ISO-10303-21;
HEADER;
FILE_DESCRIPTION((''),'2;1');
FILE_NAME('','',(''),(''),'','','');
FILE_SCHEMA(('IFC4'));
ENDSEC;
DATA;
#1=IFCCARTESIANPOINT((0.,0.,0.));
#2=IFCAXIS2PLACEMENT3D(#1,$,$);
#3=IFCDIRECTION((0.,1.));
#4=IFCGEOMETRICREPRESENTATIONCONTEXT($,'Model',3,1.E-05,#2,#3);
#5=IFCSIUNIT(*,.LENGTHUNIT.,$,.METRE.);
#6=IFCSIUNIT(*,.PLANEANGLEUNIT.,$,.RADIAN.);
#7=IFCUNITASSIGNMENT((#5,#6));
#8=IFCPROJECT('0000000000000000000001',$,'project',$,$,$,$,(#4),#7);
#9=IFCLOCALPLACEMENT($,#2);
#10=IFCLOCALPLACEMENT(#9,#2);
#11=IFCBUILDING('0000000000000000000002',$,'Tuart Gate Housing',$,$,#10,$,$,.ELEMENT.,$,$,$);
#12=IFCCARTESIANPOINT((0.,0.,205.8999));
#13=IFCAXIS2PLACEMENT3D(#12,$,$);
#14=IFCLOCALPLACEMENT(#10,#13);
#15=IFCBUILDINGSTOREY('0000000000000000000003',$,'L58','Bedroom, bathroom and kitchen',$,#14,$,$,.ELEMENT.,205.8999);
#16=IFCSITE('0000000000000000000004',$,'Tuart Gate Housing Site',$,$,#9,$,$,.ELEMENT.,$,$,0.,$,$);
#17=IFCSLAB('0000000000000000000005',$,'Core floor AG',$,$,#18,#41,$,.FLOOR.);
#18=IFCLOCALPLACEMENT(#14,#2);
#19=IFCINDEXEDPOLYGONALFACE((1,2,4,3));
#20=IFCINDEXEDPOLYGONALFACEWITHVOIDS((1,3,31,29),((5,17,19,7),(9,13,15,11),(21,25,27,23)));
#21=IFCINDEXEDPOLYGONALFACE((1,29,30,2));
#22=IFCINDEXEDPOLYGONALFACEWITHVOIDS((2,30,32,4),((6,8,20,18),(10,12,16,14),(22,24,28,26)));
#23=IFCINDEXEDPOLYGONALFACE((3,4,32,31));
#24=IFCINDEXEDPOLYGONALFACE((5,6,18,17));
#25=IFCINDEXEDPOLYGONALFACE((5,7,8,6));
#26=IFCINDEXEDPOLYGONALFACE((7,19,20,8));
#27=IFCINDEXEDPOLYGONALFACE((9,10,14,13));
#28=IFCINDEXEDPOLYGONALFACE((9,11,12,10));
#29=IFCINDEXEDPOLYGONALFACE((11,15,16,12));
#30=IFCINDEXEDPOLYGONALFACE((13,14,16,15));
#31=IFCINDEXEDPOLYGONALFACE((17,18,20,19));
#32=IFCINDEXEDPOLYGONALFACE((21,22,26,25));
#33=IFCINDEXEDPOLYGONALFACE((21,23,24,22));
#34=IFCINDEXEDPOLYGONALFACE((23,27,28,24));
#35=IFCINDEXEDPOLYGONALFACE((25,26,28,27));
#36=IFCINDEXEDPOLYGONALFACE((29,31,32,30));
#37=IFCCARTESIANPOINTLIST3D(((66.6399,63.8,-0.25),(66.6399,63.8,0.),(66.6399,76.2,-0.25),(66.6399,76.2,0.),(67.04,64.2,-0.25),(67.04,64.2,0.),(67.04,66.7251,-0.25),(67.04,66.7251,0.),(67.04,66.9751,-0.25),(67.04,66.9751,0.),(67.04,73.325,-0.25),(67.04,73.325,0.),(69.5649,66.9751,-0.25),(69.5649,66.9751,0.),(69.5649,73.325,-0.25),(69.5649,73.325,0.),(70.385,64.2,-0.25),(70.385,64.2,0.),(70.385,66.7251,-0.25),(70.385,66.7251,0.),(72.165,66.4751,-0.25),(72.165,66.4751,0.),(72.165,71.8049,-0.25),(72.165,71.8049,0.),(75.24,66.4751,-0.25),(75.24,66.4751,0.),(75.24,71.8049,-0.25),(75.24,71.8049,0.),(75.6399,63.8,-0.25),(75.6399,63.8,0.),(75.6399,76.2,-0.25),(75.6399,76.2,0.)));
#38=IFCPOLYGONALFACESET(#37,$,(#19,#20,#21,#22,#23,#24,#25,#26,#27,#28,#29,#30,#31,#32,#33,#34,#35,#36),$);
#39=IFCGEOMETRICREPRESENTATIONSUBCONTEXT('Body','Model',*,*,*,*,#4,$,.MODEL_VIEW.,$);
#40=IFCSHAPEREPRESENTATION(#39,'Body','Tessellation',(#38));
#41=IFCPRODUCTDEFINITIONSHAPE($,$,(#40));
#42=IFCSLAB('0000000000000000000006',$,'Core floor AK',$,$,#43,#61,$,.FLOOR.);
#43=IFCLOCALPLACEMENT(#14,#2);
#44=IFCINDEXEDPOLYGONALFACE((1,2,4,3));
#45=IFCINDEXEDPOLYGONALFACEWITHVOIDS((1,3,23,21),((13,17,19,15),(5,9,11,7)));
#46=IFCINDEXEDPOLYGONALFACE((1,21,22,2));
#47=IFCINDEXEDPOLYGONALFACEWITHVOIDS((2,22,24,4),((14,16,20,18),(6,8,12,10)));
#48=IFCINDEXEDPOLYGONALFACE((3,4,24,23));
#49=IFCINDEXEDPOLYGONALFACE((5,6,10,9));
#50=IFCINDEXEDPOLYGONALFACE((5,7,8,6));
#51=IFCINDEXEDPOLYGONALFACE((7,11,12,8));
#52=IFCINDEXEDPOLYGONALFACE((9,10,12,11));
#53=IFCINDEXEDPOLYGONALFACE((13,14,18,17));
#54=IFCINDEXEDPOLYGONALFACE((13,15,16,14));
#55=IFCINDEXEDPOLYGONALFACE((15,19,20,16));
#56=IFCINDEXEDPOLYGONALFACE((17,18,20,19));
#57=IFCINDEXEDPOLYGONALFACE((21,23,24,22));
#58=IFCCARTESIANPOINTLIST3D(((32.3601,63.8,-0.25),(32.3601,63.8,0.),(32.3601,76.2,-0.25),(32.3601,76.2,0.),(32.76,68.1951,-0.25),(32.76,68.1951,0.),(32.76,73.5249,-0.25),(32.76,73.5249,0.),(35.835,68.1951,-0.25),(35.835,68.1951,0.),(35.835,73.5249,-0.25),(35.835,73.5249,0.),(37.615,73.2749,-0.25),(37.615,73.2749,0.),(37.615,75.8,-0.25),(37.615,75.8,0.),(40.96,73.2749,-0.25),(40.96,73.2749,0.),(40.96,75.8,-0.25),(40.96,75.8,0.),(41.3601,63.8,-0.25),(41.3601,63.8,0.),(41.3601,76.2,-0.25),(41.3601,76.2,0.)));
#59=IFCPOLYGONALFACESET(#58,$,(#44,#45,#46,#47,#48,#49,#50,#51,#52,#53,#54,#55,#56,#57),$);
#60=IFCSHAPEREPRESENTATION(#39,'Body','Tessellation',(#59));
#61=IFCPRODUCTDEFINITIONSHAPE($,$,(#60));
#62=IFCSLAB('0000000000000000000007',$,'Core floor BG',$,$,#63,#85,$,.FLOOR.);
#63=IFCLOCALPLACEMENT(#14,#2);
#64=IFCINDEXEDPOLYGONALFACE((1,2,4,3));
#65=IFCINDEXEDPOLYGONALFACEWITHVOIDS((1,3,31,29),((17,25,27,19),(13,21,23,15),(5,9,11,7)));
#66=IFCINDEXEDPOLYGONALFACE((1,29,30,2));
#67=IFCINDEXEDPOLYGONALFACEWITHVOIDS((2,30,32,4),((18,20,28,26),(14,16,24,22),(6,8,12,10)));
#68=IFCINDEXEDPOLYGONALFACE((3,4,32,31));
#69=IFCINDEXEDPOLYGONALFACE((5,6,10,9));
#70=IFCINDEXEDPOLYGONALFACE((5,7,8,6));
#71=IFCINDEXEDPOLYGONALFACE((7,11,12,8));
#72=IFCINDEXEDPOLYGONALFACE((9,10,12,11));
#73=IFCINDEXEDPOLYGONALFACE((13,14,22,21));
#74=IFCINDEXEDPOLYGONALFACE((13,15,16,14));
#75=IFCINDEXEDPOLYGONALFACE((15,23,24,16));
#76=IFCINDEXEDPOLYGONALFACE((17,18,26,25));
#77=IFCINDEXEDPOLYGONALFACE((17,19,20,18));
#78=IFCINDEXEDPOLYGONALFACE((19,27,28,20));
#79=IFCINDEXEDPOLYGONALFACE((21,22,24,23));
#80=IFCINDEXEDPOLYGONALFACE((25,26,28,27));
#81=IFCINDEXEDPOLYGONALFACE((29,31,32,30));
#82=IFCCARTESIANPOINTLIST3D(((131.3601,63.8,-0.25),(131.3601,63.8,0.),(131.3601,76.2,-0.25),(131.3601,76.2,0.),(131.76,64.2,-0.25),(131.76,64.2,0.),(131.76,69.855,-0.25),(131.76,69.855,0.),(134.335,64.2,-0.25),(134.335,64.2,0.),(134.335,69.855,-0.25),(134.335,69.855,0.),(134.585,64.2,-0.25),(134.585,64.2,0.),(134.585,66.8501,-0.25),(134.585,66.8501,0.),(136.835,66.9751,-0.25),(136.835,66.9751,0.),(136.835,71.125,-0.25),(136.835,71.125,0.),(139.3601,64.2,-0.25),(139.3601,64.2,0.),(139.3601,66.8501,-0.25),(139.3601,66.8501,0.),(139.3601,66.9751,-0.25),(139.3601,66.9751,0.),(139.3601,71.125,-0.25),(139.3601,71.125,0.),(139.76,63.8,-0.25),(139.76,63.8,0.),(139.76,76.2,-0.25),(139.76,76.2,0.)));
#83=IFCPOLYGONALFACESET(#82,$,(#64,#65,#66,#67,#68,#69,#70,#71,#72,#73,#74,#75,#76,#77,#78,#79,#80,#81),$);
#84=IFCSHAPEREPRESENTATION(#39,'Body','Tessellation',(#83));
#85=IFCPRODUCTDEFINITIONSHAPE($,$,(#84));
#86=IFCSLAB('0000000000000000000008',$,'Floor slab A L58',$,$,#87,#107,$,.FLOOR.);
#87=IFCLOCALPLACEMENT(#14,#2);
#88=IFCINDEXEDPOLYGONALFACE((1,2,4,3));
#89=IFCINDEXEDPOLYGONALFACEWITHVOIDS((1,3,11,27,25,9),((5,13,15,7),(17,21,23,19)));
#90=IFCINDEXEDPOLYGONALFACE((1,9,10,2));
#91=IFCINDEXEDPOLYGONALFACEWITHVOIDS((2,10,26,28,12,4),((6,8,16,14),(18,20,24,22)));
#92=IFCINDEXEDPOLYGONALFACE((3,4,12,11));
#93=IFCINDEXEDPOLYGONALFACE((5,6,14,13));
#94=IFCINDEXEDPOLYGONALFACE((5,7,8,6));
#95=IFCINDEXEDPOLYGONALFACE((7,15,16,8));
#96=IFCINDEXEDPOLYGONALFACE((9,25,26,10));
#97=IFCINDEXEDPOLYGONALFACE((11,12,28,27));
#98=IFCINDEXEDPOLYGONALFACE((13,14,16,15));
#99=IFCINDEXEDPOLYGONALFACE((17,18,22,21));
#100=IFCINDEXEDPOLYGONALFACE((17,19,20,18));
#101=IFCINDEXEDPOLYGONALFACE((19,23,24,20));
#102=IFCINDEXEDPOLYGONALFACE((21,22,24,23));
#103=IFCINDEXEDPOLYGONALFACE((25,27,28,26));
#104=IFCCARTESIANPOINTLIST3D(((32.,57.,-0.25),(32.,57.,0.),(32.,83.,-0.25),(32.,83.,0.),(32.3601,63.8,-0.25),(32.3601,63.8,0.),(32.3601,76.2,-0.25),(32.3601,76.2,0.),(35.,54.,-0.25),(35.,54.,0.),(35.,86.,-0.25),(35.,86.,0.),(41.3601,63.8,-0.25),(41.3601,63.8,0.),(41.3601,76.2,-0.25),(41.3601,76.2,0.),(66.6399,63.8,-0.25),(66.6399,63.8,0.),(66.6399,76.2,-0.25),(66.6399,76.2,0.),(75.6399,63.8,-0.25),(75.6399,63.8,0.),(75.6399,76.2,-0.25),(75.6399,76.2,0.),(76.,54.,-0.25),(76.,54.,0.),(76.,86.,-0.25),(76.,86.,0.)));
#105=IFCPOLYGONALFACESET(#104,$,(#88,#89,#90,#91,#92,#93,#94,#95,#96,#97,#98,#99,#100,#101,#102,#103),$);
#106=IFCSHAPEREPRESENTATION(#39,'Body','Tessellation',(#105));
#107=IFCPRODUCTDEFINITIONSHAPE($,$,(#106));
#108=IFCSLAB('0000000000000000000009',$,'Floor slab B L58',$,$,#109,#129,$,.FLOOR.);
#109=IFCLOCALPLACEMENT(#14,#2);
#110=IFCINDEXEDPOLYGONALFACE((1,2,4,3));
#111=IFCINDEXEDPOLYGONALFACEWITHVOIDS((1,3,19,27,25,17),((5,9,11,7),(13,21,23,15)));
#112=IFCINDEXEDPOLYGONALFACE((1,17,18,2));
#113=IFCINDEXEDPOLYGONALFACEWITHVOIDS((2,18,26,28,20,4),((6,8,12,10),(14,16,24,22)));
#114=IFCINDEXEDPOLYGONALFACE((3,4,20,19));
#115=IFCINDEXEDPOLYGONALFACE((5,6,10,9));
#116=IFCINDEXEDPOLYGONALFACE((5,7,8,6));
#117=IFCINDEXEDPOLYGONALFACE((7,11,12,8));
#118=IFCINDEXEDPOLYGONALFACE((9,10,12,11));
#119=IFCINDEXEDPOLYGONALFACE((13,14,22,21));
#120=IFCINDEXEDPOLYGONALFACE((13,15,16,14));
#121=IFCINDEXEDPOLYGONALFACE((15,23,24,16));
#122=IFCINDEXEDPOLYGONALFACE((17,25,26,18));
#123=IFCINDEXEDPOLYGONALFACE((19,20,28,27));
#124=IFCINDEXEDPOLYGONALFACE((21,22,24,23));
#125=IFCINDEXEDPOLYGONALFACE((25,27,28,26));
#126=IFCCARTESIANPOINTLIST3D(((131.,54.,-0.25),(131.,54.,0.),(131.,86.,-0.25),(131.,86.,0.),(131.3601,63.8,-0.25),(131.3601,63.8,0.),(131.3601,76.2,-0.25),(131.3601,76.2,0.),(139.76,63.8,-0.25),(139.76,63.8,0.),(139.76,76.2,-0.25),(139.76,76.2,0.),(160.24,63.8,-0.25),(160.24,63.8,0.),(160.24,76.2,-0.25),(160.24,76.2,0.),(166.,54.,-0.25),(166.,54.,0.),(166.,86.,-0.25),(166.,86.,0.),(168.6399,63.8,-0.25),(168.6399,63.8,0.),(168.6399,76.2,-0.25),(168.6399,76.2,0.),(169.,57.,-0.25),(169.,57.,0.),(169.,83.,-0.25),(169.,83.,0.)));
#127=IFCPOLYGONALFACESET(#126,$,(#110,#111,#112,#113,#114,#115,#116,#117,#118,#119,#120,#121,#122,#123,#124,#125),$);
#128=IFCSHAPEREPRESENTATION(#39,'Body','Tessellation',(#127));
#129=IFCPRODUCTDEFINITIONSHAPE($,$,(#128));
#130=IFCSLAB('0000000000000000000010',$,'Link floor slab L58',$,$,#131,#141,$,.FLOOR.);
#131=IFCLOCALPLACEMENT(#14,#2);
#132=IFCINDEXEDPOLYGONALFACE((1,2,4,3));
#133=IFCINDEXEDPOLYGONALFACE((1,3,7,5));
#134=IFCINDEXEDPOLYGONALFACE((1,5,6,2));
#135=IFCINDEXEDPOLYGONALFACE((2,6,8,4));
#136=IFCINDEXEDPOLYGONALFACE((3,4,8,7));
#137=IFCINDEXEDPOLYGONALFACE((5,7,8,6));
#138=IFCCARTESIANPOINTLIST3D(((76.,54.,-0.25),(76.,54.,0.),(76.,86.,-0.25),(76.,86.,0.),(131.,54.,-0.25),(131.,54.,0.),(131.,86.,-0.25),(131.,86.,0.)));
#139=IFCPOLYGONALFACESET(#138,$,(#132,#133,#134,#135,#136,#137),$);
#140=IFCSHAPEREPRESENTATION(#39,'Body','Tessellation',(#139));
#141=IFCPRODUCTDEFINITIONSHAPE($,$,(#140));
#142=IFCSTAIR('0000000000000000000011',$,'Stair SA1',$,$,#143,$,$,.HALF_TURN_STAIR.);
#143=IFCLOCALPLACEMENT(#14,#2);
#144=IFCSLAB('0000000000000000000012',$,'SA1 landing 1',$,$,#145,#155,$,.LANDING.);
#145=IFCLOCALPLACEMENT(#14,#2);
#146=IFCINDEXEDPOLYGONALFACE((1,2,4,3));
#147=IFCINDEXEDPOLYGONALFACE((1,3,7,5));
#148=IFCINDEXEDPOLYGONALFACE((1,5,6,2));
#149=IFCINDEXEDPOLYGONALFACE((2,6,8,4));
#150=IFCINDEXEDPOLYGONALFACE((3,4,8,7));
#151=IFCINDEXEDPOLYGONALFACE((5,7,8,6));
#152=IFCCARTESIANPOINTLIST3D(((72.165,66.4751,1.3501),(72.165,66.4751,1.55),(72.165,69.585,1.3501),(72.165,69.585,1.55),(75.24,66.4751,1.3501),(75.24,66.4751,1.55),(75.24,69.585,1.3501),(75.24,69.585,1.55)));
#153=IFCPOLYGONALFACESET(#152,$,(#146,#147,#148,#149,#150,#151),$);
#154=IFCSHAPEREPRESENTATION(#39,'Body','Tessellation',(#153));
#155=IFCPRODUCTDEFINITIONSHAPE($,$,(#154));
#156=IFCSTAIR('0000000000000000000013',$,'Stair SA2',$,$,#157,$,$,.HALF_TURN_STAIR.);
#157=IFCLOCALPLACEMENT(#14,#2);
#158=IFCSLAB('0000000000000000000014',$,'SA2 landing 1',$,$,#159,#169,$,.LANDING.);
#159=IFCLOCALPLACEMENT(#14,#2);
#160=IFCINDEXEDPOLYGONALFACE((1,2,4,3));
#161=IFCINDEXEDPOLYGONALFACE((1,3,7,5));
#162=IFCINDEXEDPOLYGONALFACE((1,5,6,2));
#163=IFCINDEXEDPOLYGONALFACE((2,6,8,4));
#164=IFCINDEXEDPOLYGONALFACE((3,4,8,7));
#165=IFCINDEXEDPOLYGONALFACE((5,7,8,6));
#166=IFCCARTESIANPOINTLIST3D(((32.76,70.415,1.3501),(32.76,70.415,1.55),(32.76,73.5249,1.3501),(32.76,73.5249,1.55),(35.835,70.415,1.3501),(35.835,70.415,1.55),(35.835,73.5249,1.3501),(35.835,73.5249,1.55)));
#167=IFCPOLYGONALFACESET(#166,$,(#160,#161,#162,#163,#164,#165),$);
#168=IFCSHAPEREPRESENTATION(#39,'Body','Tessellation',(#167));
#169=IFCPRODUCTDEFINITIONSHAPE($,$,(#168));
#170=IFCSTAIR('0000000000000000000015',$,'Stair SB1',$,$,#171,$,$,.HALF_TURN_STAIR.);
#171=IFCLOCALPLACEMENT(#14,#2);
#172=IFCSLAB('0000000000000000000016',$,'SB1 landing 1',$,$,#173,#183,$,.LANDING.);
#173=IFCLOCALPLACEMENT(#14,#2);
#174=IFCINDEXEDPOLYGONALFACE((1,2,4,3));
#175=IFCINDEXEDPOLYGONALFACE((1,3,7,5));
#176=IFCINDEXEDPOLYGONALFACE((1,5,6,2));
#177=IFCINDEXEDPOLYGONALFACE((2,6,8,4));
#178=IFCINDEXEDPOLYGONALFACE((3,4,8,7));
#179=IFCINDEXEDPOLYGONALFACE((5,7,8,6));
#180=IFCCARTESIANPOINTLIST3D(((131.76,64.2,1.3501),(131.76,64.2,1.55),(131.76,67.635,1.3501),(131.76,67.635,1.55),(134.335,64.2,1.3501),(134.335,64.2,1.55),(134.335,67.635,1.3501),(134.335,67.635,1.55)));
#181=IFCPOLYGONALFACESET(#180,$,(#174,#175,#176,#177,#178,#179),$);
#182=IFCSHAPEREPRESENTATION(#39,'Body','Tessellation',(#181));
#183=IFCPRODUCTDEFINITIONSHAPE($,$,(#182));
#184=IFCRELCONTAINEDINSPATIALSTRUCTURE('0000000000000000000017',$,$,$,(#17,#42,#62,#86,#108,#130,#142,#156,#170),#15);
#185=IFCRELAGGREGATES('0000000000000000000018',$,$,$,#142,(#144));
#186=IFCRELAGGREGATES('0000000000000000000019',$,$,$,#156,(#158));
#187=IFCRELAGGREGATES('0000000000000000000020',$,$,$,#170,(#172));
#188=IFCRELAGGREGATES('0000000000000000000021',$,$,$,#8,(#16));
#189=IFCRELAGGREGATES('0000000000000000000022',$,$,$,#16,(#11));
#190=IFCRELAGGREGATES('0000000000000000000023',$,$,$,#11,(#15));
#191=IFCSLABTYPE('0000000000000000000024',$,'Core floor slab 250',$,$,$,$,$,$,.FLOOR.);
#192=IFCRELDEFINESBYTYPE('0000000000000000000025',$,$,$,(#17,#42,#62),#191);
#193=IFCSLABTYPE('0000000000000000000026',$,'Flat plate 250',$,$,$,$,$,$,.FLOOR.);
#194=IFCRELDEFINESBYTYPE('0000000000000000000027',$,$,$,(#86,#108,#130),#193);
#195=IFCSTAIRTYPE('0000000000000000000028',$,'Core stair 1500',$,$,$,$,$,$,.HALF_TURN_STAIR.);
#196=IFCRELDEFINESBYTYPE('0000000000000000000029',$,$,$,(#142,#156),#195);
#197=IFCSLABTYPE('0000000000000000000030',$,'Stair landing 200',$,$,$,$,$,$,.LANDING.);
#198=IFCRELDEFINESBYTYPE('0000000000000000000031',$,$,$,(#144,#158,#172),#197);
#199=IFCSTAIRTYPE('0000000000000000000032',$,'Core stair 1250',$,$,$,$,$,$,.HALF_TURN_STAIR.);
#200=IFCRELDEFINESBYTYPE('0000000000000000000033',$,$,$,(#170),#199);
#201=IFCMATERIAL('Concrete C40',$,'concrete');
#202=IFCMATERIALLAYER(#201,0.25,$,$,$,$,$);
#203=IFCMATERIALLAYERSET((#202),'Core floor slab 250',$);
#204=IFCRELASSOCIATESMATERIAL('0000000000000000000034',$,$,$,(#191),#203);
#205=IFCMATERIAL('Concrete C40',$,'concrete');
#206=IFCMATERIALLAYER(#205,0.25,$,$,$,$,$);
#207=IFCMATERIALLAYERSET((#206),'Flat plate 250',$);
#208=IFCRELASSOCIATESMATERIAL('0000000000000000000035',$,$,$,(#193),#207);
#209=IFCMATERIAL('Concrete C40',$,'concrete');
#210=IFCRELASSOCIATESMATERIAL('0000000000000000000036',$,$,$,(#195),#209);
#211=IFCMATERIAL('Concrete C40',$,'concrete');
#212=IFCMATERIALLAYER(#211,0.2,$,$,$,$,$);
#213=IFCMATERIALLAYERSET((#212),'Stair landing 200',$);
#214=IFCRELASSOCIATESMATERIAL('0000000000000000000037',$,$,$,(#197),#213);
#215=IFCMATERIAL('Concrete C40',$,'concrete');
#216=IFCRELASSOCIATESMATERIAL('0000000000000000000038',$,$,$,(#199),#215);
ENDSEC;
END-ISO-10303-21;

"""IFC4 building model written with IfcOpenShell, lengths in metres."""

from ifc_helpers import new_model, si_unit, direction, frame, origin, place, context, subcontext, project, spatial, polyline, outline, extrude, material, layer, layer_set, type_object, element, aggregate, save


model = new_model("IFC4")

# Units and contexts
model_context = context("Model", 3, precision=1e-05, world=origin(), true_north=direction((0.0, 1.0)))
body_context = subcontext(model_context, "Body", "Model", "MODEL_VIEW")
ifc_project = project(units=[si_unit("LENGTHUNIT", "METRE"), si_unit("PLANEANGLEUNIT", "RADIAN")], contexts=[model_context])

# Site, building, storey
site_placement = place(None, origin())
site = spatial("IfcSite", under=ifc_project, at=site_placement, Name="Tuart Gate Housing Site", CompositionType="ELEMENT", RefElevation=0.0)
building_placement = place(site_placement, origin())
building = spatial("IfcBuilding", under=site, at=building_placement, Name="Tuart Gate Housing", CompositionType="ELEMENT")
storey_placement = place(building_placement, frame((0.0, 0.0, 205.8999)))
storey = spatial("IfcBuildingStorey", under=building, at=storey_placement, Name="L58", Description="Bedroom, bathroom and kitchen", CompositionType="ELEMENT", Elevation=205.8999)

# Slabs
ifc_material_1 = material(Name="Concrete C40", Category="concrete")
ifc_layer_1 = layer(ifc_material_1, 0.25)
ifc_layer_set_1 = layer_set([ifc_layer_1], Name="Core floor slab 250")
slab_type_1 = type_object("IfcSlabType", Name="Core floor slab 250", PredefinedType="FLOOR", material=ifc_layer_set_1)
slab_1_placement = place(storey_placement, frame((0.0, 0.0, -0.25)))
element("IfcSlab", 1, at=slab_1_placement, inside=storey, type_object=slab_type_1, Name="Core floor AG", PredefinedType="FLOOR", context=body_context, shape_type="SweptSolid", body=[
    extrude(outline(polyline([(66.6399, 63.8), (75.6399, 63.8), (75.6399, 76.2), (66.6399, 76.2), (66.6399, 63.8)]), holes=[polyline([(67.04, 64.2), (70.385, 64.2), (70.385, 66.7251), (67.04, 66.7251), (67.04, 64.2)]), polyline([(67.04, 66.9751), (69.5649, 66.9751), (69.5649, 73.325), (67.04, 73.325), (67.04, 66.9751)]), polyline([(72.165, 66.4751), (75.24, 66.4751), (75.24, 71.8049), (72.165, 71.8049), (72.165, 66.4751)])]), origin(), (0.0, 0.0, 1.0), 0.25),
])
slab_2_placement = place(storey_placement, frame((0.0, 0.0, -0.25)))
element("IfcSlab", 2, at=slab_2_placement, inside=storey, type_object=slab_type_1, Name="Core floor AK", PredefinedType="FLOOR", context=body_context, shape_type="SweptSolid", body=[
    extrude(outline(polyline([(32.3601, 63.8), (41.3601, 63.8), (41.3601, 76.2), (32.3601, 76.2), (32.3601, 63.8)]), holes=[polyline([(40.96, 75.8), (37.615, 75.8), (37.615, 73.2749), (40.96, 73.2749), (40.96, 75.8)]), polyline([(35.835, 73.5249), (32.76, 73.5249), (32.76, 68.1951), (35.835, 68.1951), (35.835, 73.5249)])]), origin(), (0.0, 0.0, 1.0), 0.25),
])
slab_3_placement = place(storey_placement, frame((0.0, 0.0, -0.25)))
element("IfcSlab", 3, at=slab_3_placement, inside=storey, type_object=slab_type_1, Name="Core floor BG", PredefinedType="FLOOR", context=body_context, shape_type="SweptSolid", body=[
    extrude(outline(polyline([(131.3601, 63.8), (139.76, 63.8), (139.76, 76.2), (131.3601, 76.2), (131.3601, 63.8)]), holes=[polyline([(139.3601, 66.8501), (134.585, 66.8501), (134.585, 64.2), (139.3601, 64.2), (139.3601, 66.8501)]), polyline([(139.3601, 71.125), (136.835, 71.125), (136.835, 66.9751), (139.3601, 66.9751), (139.3601, 71.125)]), polyline([(134.335, 69.855), (131.76, 69.855), (131.76, 64.2), (134.335, 64.2), (134.335, 69.855)])]), origin(), (0.0, 0.0, 1.0), 0.25),
])
ifc_material_2 = material(Name="Concrete C40", Category="concrete")
ifc_layer_2 = layer(ifc_material_2, 0.25)
ifc_layer_set_2 = layer_set([ifc_layer_2], Name="Flat plate 250")
slab_type_2 = type_object("IfcSlabType", Name="Flat plate 250", PredefinedType="FLOOR", material=ifc_layer_set_2)
slab_4_placement = place(storey_placement, frame((0.0, 0.0, -0.25)))
element("IfcSlab", 4, at=slab_4_placement, inside=storey, type_object=slab_type_2, Name="Floor slab A L58", PredefinedType="FLOOR", context=body_context, shape_type="SweptSolid", body=[
    extrude(outline(polyline([(35.0, 86.0), (32.0, 83.0), (32.0, 57.0), (35.0, 54.0), (76.0, 54.0), (76.0, 86.0), (35.0, 86.0)]), holes=[polyline([(66.6399, 76.2), (75.6399, 76.2), (75.6399, 63.8), (66.6399, 63.8), (66.6399, 76.2)]), polyline([(41.3601, 76.2), (41.3601, 63.8), (32.3601, 63.8), (32.3601, 76.2), (41.3601, 76.2)])]), origin(), (0.0, 0.0, 1.0), 0.25),
])
slab_5_placement = place(storey_placement, frame((0.0, 0.0, -0.25)))
element("IfcSlab", 5, at=slab_5_placement, inside=storey, type_object=slab_type_2, Name="Floor slab B L58", PredefinedType="FLOOR", context=body_context, shape_type="SweptSolid", body=[
    extrude(outline(polyline([(166.0, 86.0), (131.0, 86.0), (131.0, 54.0), (166.0, 54.0), (169.0, 57.0), (169.0, 83.0), (166.0, 86.0)]), holes=[polyline([(131.3601, 76.2), (139.76, 76.2), (139.76, 63.8), (131.3601, 63.8), (131.3601, 76.2)]), polyline([(168.6399, 76.2), (168.6399, 63.8), (160.24, 63.8), (160.24, 76.2), (168.6399, 76.2)])]), origin(), (0.0, 0.0, 1.0), 0.25),
])
slab_6_placement = place(storey_placement, frame((0.0, 0.0, -0.25)))
element("IfcSlab", 6, at=slab_6_placement, inside=storey, type_object=slab_type_2, Name="Link floor slab L58", PredefinedType="FLOOR", context=body_context, shape_type="SweptSolid", body=[
    extrude(outline(polyline([(76.0, 54.0), (131.0, 54.0), (131.0, 86.0), (76.0, 86.0), (76.0, 54.0)])), origin(), (0.0, 0.0, 1.0), 0.25),
])

# Stairs, slabs
ifc_material_3 = material(Name="Concrete C40", Category="concrete")
stair_type_1 = type_object("IfcStairType", Name="Core stair 1500", PredefinedType="HALF_TURN_STAIR", material=ifc_material_3)
stair_1_placement = place(storey_placement, origin())
stair_1 = element("IfcStair", 7, at=stair_1_placement, inside=storey, type_object=stair_type_1, Name="Stair SA1", PredefinedType="HALF_TURN_STAIR")
ifc_material_4 = material(Name="Concrete C40", Category="concrete")
ifc_layer_3 = layer(ifc_material_4, 0.2)
ifc_layer_set_3 = layer_set([ifc_layer_3], Name="Stair landing 200")
slab_type_3 = type_object("IfcSlabType", Name="Stair landing 200", PredefinedType="LANDING", material=ifc_layer_set_3)
slab_7_placement = place(storey_placement, frame((0.0, 0.0, 1.3501)))
slab_7 = element("IfcSlab", 8, at=slab_7_placement, type_object=slab_type_3, Name="SA1 landing 1", PredefinedType="LANDING", context=body_context, shape_type="SweptSolid", body=[
    extrude(outline(polyline([(72.165, 66.4751), (75.24, 66.4751), (75.24, 69.585), (72.165, 69.585), (72.165, 66.4751)])), origin(), (0.0, 0.0, 1.0), 0.2),
])
aggregate(stair_1, [slab_7])
stair_2_placement = place(storey_placement, origin())
stair_2 = element("IfcStair", 9, at=stair_2_placement, inside=storey, type_object=stair_type_1, Name="Stair SA2", PredefinedType="HALF_TURN_STAIR")
slab_8_placement = place(storey_placement, frame((0.0, 0.0, 1.3501)))
slab_8 = element("IfcSlab", 10, at=slab_8_placement, type_object=slab_type_3, Name="SA2 landing 1", PredefinedType="LANDING", context=body_context, shape_type="SweptSolid", body=[
    extrude(outline(polyline([(35.835, 73.5249), (32.76, 73.5249), (32.76, 70.415), (35.835, 70.415), (35.835, 73.5249)])), origin(), (0.0, 0.0, 1.0), 0.2),
])
aggregate(stair_2, [slab_8])
ifc_material_5 = material(Name="Concrete C40", Category="concrete")
stair_type_2 = type_object("IfcStairType", Name="Core stair 1250", PredefinedType="HALF_TURN_STAIR", material=ifc_material_5)
stair_3_placement = place(storey_placement, origin())
stair_3 = element("IfcStair", 11, at=stair_3_placement, inside=storey, type_object=stair_type_2, Name="Stair SB1", PredefinedType="HALF_TURN_STAIR")
slab_9_placement = place(storey_placement, frame((0.0, 0.0, 1.3501)))
slab_9 = element("IfcSlab", 12, at=slab_9_placement, type_object=slab_type_3, Name="SB1 landing 1", PredefinedType="LANDING", context=body_context, shape_type="SweptSolid", body=[
    extrude(outline(polyline([(134.335, 67.635), (131.76, 67.635), (131.76, 64.2), (134.335, 64.2), (134.335, 67.635)])), origin(), (0.0, 0.0, 1.0), 0.2),
])
aggregate(stair_3, [slab_9])

save(model, "model.ifc")
